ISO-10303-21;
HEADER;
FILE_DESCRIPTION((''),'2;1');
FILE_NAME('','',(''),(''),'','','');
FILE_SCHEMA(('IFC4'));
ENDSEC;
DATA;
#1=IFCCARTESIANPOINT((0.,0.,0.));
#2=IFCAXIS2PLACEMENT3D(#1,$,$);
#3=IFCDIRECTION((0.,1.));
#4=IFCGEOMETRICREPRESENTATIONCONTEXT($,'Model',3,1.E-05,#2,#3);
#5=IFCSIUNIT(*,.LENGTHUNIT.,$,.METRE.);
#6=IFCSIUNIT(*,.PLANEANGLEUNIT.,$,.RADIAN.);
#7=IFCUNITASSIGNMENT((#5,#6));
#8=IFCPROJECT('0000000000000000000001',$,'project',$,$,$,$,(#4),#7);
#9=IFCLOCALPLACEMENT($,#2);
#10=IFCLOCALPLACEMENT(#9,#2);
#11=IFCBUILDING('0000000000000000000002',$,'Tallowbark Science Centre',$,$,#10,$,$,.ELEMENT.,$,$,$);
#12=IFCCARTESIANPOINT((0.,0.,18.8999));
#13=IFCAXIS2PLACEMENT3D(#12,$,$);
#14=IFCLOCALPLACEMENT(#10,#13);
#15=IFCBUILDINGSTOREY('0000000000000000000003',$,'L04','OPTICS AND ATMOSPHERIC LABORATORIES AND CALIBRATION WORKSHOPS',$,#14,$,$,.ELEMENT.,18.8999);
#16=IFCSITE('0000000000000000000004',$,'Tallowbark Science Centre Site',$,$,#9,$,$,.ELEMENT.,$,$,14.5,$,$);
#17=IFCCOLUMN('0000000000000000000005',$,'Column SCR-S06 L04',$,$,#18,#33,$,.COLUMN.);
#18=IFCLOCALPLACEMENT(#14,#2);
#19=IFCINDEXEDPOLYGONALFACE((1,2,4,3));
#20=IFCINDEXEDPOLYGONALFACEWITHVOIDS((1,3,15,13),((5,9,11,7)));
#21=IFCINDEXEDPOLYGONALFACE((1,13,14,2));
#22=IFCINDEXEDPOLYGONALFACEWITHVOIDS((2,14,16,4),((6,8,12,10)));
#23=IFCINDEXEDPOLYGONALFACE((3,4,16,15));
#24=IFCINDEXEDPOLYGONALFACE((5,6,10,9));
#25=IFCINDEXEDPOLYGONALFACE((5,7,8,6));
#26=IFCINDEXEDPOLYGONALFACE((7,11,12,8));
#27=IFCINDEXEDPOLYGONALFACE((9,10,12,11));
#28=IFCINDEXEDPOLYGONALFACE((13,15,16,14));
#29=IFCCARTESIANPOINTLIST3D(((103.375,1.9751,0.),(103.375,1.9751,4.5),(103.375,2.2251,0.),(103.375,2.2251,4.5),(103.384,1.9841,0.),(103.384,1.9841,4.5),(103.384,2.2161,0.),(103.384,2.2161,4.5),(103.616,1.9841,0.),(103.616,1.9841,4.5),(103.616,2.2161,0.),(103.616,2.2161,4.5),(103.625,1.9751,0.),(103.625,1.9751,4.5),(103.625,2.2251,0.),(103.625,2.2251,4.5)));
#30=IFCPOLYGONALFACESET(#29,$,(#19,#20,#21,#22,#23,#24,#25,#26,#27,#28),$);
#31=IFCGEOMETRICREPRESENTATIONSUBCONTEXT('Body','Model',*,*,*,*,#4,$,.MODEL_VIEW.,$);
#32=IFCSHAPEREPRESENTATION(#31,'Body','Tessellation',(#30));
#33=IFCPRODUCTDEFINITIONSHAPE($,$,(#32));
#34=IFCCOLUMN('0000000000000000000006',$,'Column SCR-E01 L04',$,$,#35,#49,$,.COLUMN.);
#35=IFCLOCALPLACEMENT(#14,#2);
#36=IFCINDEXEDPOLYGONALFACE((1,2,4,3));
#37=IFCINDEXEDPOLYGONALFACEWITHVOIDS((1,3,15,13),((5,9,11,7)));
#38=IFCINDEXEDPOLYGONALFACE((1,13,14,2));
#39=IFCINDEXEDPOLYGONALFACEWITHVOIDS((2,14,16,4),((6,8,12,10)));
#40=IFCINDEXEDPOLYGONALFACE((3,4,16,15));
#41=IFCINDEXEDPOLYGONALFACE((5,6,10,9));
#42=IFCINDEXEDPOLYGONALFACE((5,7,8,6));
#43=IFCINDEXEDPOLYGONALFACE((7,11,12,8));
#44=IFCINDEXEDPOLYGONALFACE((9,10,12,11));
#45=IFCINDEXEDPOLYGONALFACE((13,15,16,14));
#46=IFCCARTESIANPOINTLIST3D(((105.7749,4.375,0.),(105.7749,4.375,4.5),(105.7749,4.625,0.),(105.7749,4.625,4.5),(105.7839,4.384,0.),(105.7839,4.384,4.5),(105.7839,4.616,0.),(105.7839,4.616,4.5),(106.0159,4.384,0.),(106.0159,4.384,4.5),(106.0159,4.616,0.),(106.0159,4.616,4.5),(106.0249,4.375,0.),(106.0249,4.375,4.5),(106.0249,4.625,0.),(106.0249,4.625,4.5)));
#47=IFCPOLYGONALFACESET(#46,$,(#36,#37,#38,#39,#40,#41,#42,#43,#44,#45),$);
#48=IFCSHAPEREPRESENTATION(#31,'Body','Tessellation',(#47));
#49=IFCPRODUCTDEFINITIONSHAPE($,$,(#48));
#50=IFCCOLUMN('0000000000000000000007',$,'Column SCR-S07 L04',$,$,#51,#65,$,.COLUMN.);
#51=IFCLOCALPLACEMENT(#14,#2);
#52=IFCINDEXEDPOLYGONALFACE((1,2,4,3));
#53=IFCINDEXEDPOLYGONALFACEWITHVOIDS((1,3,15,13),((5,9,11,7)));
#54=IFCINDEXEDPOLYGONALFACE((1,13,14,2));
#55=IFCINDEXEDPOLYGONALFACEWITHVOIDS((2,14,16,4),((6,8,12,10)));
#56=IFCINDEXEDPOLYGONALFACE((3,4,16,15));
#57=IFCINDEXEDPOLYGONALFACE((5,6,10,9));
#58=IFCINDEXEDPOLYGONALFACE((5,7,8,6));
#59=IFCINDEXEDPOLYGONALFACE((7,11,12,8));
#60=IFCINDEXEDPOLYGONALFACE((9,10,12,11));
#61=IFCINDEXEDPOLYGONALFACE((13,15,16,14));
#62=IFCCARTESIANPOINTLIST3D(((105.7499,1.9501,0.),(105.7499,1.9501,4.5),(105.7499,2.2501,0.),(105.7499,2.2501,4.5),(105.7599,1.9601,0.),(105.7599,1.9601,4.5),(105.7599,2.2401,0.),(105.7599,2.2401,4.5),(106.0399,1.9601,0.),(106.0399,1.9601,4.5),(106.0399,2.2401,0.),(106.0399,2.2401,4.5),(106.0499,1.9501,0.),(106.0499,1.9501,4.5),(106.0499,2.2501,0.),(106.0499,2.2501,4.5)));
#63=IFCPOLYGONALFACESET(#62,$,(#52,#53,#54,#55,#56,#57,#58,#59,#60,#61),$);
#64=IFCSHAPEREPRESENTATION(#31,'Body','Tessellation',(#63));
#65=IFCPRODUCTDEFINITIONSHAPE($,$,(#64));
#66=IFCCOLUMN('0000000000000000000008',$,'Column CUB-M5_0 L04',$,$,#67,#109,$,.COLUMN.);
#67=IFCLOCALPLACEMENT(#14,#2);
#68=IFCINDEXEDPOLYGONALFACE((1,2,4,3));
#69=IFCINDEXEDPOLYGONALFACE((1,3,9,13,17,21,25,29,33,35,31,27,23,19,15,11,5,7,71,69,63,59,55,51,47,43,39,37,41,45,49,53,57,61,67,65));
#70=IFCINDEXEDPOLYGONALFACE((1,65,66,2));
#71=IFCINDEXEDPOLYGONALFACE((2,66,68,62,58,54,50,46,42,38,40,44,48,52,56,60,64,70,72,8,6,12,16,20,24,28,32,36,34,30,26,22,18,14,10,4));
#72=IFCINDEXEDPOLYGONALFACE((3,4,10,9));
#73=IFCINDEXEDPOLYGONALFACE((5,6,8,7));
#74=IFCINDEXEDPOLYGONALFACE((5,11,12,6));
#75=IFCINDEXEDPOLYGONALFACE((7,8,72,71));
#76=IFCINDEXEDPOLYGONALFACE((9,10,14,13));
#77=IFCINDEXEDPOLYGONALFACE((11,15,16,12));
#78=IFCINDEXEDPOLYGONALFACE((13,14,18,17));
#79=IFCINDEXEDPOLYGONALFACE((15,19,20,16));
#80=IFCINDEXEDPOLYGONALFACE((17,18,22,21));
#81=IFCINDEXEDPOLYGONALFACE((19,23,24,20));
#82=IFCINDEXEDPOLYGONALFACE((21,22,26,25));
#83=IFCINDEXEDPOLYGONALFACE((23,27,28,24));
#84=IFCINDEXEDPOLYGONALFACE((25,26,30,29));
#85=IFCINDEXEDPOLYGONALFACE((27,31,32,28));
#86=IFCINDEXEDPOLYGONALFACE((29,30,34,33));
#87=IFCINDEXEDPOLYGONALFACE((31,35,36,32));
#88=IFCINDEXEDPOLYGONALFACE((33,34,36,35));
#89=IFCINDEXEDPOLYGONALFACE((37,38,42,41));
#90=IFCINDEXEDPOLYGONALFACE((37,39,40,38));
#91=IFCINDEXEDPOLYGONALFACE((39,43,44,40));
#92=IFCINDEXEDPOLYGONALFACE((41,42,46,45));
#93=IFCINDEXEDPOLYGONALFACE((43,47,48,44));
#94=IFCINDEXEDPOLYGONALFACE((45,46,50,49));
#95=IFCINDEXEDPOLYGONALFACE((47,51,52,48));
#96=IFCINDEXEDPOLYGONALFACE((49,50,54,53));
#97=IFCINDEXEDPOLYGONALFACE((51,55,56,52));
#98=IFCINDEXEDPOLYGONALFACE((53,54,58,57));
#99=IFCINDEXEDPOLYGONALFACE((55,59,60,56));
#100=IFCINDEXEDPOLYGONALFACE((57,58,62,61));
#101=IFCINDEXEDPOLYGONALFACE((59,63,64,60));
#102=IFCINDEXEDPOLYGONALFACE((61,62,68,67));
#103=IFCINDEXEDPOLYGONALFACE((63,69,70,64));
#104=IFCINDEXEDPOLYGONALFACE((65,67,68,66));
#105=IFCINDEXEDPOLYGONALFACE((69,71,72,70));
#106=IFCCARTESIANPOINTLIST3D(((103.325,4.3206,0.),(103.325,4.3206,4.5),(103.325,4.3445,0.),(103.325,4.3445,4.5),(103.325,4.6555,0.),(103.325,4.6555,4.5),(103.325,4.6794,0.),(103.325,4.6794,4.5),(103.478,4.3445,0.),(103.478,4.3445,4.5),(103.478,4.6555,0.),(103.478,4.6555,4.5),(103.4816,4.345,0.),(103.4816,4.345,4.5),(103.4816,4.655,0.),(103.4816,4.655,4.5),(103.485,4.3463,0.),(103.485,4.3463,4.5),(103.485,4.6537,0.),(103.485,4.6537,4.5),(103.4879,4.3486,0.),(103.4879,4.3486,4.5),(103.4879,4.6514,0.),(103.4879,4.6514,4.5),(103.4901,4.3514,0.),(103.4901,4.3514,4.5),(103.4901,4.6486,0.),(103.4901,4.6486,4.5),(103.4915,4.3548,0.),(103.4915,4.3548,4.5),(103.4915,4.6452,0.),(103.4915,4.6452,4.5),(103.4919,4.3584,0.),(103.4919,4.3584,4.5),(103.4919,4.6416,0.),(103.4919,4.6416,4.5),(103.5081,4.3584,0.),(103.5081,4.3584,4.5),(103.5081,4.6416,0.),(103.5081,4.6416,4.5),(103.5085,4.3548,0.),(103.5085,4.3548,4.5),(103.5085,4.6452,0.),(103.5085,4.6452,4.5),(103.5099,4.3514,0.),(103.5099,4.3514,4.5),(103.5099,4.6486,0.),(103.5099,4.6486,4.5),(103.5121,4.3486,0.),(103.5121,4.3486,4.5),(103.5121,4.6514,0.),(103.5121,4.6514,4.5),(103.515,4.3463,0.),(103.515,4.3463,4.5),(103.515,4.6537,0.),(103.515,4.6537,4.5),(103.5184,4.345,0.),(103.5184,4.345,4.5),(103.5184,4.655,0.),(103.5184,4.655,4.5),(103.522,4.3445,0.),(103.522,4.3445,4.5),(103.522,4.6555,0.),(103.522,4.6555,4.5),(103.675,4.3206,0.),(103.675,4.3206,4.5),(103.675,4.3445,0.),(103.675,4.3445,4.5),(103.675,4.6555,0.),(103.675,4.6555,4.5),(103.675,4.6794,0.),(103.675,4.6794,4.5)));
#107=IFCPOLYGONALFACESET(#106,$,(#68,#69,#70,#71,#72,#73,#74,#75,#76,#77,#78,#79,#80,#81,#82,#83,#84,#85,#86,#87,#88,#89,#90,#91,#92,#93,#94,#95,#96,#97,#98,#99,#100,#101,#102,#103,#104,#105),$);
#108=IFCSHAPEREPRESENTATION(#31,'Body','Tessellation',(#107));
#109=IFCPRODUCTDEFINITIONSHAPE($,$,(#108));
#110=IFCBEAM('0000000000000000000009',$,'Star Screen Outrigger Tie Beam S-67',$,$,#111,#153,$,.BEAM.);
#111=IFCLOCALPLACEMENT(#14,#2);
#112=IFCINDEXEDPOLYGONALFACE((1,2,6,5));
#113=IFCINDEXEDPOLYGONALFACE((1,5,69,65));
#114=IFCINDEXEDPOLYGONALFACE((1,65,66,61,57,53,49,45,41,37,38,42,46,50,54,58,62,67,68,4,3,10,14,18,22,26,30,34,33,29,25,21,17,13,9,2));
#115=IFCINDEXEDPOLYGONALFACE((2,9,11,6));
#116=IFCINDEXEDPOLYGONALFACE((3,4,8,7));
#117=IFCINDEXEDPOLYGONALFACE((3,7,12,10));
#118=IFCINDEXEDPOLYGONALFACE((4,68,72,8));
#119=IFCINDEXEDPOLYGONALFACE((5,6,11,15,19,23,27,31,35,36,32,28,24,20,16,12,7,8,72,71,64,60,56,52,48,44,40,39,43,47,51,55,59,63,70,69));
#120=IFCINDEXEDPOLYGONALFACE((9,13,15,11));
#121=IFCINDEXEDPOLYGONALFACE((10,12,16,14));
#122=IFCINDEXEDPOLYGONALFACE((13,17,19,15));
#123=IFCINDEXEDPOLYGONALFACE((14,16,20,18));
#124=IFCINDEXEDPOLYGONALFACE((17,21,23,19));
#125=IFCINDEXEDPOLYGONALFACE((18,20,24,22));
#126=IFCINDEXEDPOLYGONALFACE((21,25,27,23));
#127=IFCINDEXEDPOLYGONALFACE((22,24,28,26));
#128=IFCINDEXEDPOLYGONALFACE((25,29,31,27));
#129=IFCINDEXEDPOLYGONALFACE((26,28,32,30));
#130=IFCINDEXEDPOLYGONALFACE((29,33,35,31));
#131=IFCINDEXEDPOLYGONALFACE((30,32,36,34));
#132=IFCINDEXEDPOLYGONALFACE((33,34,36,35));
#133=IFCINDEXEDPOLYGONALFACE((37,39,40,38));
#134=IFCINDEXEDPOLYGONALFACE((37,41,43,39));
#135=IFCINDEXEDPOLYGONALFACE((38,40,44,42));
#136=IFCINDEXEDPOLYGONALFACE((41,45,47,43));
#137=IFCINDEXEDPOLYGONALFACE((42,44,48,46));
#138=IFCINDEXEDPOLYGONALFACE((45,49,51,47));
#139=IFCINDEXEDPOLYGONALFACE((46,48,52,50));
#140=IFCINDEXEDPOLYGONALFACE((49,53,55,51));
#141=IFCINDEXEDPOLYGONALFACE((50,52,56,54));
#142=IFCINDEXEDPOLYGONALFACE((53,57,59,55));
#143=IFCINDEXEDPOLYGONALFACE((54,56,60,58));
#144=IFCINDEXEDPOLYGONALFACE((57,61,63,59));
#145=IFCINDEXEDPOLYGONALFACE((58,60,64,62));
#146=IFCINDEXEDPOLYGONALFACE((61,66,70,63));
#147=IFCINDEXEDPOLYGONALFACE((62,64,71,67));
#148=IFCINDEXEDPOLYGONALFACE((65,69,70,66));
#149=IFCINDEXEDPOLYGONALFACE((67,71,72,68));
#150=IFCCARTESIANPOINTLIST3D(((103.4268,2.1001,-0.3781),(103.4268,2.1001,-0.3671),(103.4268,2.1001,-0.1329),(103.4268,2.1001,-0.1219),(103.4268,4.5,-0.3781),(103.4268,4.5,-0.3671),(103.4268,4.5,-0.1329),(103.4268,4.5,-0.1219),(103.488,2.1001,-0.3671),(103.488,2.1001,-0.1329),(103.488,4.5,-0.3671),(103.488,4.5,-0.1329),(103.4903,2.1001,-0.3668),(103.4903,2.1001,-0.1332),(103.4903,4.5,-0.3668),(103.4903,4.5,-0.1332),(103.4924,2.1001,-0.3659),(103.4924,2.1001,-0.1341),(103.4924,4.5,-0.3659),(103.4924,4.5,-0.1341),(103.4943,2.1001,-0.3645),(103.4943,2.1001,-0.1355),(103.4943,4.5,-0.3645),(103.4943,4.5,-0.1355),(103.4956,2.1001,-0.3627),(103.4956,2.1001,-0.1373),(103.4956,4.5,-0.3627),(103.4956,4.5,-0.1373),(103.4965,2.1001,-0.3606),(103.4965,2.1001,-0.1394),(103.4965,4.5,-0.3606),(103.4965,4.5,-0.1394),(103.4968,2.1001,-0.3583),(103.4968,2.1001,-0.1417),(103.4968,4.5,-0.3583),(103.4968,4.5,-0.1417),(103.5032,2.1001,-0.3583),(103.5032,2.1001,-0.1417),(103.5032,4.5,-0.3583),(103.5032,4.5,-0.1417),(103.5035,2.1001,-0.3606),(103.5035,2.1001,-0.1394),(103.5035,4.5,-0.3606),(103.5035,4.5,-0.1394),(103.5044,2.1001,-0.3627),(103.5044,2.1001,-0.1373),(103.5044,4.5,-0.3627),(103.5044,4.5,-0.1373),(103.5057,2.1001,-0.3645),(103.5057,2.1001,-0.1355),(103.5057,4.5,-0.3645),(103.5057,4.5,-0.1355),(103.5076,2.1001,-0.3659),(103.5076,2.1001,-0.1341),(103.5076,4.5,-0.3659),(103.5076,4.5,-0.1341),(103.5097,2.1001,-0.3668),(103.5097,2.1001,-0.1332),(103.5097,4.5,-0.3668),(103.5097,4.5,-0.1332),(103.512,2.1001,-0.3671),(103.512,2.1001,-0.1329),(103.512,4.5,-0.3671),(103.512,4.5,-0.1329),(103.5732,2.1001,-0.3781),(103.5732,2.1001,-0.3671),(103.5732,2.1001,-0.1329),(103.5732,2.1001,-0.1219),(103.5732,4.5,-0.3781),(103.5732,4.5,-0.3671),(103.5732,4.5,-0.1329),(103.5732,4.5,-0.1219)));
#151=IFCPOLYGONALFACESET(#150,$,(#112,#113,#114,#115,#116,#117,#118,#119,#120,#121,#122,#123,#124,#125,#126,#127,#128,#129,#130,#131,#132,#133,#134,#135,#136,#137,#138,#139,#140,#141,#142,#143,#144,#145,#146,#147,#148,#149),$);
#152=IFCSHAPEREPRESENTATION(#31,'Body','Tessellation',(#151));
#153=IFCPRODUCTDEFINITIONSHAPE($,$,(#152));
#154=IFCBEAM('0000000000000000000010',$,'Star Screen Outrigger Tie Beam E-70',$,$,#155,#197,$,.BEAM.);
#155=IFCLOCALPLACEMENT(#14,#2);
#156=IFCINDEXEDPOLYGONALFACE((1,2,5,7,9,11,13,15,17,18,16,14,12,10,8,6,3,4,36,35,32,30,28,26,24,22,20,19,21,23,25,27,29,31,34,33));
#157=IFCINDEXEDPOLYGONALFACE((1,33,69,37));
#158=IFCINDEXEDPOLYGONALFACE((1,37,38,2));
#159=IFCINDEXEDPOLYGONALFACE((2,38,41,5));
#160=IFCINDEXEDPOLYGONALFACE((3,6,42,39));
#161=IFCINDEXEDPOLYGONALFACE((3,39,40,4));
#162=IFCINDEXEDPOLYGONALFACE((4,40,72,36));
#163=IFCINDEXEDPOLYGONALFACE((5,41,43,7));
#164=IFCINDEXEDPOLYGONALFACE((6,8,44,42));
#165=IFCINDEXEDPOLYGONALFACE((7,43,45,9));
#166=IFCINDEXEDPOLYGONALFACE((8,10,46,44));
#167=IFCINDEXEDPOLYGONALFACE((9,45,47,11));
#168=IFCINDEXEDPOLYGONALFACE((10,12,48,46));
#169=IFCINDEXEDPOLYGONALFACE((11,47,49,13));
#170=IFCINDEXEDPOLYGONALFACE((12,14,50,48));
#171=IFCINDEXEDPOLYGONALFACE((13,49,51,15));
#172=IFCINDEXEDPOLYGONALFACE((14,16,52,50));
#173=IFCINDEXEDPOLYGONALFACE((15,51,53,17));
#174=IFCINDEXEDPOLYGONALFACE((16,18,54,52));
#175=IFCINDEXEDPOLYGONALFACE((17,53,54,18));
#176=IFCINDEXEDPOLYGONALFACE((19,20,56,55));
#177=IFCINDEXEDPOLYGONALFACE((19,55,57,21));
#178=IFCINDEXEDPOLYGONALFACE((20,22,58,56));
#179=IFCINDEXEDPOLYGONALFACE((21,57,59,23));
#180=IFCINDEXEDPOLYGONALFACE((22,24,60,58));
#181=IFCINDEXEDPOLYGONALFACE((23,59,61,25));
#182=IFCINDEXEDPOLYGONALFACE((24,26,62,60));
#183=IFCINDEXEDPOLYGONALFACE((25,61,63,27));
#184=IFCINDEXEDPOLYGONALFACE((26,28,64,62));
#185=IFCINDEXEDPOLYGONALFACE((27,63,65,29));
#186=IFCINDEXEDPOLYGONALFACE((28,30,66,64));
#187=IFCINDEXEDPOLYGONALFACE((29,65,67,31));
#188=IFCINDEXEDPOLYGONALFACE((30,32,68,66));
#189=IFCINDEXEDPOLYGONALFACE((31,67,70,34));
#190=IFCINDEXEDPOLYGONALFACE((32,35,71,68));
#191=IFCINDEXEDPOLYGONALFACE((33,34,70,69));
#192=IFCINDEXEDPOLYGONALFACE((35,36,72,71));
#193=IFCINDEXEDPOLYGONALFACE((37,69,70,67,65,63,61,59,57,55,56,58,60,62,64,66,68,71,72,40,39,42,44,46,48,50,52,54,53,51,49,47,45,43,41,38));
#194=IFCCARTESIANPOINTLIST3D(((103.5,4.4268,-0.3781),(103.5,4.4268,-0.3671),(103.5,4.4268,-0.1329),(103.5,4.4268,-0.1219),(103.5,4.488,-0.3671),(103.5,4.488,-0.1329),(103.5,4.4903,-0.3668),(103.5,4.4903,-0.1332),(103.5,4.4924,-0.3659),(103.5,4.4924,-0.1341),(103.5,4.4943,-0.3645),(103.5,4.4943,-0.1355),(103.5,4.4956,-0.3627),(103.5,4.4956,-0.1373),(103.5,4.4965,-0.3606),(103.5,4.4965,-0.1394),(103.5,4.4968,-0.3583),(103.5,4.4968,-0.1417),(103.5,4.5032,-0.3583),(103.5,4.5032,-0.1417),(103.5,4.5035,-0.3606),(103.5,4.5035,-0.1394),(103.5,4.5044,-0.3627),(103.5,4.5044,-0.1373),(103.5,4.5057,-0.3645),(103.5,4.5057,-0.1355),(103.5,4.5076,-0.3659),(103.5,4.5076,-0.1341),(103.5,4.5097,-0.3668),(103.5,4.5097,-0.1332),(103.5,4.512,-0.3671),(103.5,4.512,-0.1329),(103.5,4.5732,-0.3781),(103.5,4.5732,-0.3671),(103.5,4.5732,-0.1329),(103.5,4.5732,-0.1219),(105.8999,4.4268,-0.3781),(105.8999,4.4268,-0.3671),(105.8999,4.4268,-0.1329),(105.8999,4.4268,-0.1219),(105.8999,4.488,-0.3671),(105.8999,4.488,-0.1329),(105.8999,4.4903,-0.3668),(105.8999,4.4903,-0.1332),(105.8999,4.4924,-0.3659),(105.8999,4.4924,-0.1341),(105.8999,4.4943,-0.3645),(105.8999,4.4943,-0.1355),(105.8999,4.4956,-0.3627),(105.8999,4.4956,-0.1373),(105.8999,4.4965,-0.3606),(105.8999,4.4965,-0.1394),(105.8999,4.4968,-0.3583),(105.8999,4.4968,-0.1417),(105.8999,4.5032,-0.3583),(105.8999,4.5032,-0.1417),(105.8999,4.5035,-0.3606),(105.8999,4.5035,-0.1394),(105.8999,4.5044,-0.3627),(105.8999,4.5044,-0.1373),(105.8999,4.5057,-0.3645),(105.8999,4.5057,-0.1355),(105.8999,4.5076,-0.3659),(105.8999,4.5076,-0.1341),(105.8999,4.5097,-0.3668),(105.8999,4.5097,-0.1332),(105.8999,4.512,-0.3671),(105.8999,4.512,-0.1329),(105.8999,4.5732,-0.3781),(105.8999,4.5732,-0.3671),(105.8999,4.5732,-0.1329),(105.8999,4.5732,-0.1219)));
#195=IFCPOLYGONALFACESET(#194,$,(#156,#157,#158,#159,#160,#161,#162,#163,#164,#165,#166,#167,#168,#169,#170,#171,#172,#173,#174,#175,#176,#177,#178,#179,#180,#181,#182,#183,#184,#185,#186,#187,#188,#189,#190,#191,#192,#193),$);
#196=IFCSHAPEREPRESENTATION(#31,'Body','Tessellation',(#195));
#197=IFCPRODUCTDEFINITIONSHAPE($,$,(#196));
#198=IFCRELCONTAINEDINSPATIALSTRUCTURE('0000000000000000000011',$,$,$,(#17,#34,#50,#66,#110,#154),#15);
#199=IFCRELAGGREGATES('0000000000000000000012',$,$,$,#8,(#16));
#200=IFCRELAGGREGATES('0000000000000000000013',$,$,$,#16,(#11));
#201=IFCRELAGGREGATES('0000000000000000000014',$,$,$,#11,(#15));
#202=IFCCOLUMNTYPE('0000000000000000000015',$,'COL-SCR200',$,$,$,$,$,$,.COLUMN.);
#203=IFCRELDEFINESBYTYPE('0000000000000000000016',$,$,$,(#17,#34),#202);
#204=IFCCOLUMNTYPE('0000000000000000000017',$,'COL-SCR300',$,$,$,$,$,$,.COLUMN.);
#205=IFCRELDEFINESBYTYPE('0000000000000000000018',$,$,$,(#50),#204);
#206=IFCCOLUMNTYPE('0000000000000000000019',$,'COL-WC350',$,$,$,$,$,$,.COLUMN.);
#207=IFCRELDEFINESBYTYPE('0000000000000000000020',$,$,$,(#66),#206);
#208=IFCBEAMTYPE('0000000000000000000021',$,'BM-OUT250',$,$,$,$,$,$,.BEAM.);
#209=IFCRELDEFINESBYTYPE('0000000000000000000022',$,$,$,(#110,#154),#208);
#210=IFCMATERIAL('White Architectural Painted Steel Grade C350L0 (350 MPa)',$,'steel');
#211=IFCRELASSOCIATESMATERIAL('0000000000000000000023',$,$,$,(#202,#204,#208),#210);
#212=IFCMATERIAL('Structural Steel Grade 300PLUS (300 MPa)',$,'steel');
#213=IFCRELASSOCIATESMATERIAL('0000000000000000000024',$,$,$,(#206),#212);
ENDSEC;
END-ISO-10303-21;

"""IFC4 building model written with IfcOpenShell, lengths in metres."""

from ifc_helpers import new_model, si_unit, direction, frame, origin, origin_2d, place, context, subcontext, project, spatial, hollow_rectangle, i_section, extrude, material, material_profile, profile_set, type_object, element, save


model = new_model("IFC4")

# Units and contexts
model_context = context("Model", 3, precision=1e-05, world=origin(), true_north=direction((0.0, 1.0)))
body_context = subcontext(model_context, "Body", "Model", "MODEL_VIEW")
ifc_project = project(units=[si_unit("LENGTHUNIT", "METRE"), si_unit("PLANEANGLEUNIT", "RADIAN")], contexts=[model_context])

# Site, building, storey
site_placement = place(None, origin())
site = spatial("IfcSite", under=ifc_project, at=site_placement, Name="Tallowbark Science Centre Site", CompositionType="ELEMENT", RefElevation=14.5)
building_placement = place(site_placement, origin())
building = spatial("IfcBuilding", under=site, at=building_placement, Name="Tallowbark Science Centre", CompositionType="ELEMENT")
storey_placement = place(building_placement, frame((0.0, 0.0, 18.8999)))
storey = spatial("IfcBuildingStorey", under=building, at=storey_placement, Name="L04", Description="OPTICS AND ATMOSPHERIC LABORATORIES AND CALIBRATION WORKSHOPS", CompositionType="ELEMENT", Elevation=18.8999)

# Columns
ifc_material_1 = material(Name="White Architectural Painted Steel Grade C350L0 (350 MPa)", Category="steel")
ifc_material_profile_1 = material_profile(ifc_material_1, hollow_rectangle(XDim=0.25, YDim=0.25, WallThickness=0.009, at=origin_2d()), Name="250x250x9.0SHS")
ifc_profile_set_1 = profile_set([ifc_material_profile_1], Name="White Architectural Painted Steel Grade C350L0 (350 MPa)")
column_type_1 = type_object("IfcColumnType", Name="COL-SCR200", PredefinedType="COLUMN", material=ifc_profile_set_1)
for number, where, z_axis, x_axis, name in (
    (1, (103.5, 2.1001, 0.0), (0.0, 0.0, 1.0), (1.0, 0.0, 0.0), "Column SCR-S06 L04"),
    (2, (105.8999, 4.5, 0.0), (0.0, 0.0, 1.0), (1.0, 0.0, 0.0), "Column SCR-E01 L04"),
):
    element("IfcColumn", number, at=place(storey_placement, frame(where, z_axis=z_axis, x_axis=x_axis)), inside=storey, type_object=column_type_1, Name=name, PredefinedType="COLUMN", context=body_context, shape_type="SweptSolid", body=[
        extrude(hollow_rectangle(XDim=0.25, YDim=0.25, WallThickness=0.009, at=origin_2d()), origin(), (0.0, 0.0, 1.0), 4.5),
    ])
ifc_material_profile_2 = material_profile(ifc_material_1, hollow_rectangle(XDim=0.3, YDim=0.3, WallThickness=0.01, at=origin_2d()), Name="300x300x10.0SHS")
ifc_profile_set_2 = profile_set([ifc_material_profile_2], Name="White Architectural Painted Steel Grade C350L0 (350 MPa)")
column_type_2 = type_object("IfcColumnType", Name="COL-SCR300", PredefinedType="COLUMN", material=ifc_profile_set_2)
column_1_placement = place(storey_placement, frame((105.8999, 2.1001, 0.0), z_axis=(0.0, 0.0, 1.0), x_axis=(1.0, 0.0, 0.0)))
element("IfcColumn", 3, at=column_1_placement, inside=storey, type_object=column_type_2, Name="Column SCR-S07 L04", PredefinedType="COLUMN", context=body_context, shape_type="SweptSolid", body=[
    extrude(hollow_rectangle(XDim=0.3, YDim=0.3, WallThickness=0.01, at=origin_2d()), origin(), (0.0, 0.0, 1.0), 4.5),
])
ifc_material_2 = material(Name="Structural Steel Grade 300PLUS (300 MPa)", Category="steel")
ifc_material_profile_3 = material_profile(ifc_material_2, i_section(OverallWidth=0.3501, OverallDepth=0.3589, WebThickness=0.0161, FlangeThickness=0.0239, FilletRadius=0.0139, at=origin_2d()), Name="350WC197")
ifc_profile_set_3 = profile_set([ifc_material_profile_3], Name="Structural Steel Grade 300PLUS (300 MPa)")
column_type_3 = type_object("IfcColumnType", Name="COL-WC350", PredefinedType="COLUMN", material=ifc_profile_set_3)
column_2_placement = place(storey_placement, frame((103.5, 4.5, 0.0), z_axis=(0.0, 0.0, 1.0), x_axis=(1.0, 0.0, 0.0)))
element("IfcColumn", 4, at=column_2_placement, inside=storey, type_object=column_type_3, Name="Column CUB-M5_0 L04", PredefinedType="COLUMN", context=body_context, shape_type="SweptSolid", body=[
    extrude(i_section(OverallWidth=0.3501, OverallDepth=0.3589, WebThickness=0.0161, FlangeThickness=0.0239, FilletRadius=0.0139, at=origin_2d()), origin(), (0.0, 0.0, 1.0), 4.5),
])

# Beams
ifc_material_profile_4 = material_profile(ifc_material_1, i_section(OverallWidth=0.1465, OverallDepth=0.2561, WebThickness=0.0063, FlangeThickness=0.011, FilletRadius=0.0088, at=origin_2d()), Name="250UB37.3")
ifc_profile_set_4 = profile_set([ifc_material_profile_4], Name="White Architectural Painted Steel Grade C350L0 (350 MPa)")
beam_type_1 = type_object("IfcBeamType", Name="BM-OUT250", PredefinedType="BEAM", material=ifc_profile_set_4)
for number, where, z_axis, x_axis, name in (
    (5, (103.5, 4.5, -0.25), (0.0, -1.0, 0.0), (1.0, 0.0, 0.0), "Star Screen Outrigger Tie Beam S-67"),
    (6, (103.5, 4.5, -0.25), (1.0, 0.0, 0.0), (0.0, 1.0, 0.0), "Star Screen Outrigger Tie Beam E-70"),
):
    element("IfcBeam", number, at=place(storey_placement, frame(where, z_axis=z_axis, x_axis=x_axis)), inside=storey, type_object=beam_type_1, Name=name, PredefinedType="BEAM", context=body_context, shape_type="SweptSolid", body=[
        extrude(i_section(OverallWidth=0.1465, OverallDepth=0.2561, WebThickness=0.0063, FlangeThickness=0.011, FilletRadius=0.0088, at=origin_2d()), origin(), (0.0, 0.0, 1.0), 2.3999),
    ])

save(model, "model.ifc")
